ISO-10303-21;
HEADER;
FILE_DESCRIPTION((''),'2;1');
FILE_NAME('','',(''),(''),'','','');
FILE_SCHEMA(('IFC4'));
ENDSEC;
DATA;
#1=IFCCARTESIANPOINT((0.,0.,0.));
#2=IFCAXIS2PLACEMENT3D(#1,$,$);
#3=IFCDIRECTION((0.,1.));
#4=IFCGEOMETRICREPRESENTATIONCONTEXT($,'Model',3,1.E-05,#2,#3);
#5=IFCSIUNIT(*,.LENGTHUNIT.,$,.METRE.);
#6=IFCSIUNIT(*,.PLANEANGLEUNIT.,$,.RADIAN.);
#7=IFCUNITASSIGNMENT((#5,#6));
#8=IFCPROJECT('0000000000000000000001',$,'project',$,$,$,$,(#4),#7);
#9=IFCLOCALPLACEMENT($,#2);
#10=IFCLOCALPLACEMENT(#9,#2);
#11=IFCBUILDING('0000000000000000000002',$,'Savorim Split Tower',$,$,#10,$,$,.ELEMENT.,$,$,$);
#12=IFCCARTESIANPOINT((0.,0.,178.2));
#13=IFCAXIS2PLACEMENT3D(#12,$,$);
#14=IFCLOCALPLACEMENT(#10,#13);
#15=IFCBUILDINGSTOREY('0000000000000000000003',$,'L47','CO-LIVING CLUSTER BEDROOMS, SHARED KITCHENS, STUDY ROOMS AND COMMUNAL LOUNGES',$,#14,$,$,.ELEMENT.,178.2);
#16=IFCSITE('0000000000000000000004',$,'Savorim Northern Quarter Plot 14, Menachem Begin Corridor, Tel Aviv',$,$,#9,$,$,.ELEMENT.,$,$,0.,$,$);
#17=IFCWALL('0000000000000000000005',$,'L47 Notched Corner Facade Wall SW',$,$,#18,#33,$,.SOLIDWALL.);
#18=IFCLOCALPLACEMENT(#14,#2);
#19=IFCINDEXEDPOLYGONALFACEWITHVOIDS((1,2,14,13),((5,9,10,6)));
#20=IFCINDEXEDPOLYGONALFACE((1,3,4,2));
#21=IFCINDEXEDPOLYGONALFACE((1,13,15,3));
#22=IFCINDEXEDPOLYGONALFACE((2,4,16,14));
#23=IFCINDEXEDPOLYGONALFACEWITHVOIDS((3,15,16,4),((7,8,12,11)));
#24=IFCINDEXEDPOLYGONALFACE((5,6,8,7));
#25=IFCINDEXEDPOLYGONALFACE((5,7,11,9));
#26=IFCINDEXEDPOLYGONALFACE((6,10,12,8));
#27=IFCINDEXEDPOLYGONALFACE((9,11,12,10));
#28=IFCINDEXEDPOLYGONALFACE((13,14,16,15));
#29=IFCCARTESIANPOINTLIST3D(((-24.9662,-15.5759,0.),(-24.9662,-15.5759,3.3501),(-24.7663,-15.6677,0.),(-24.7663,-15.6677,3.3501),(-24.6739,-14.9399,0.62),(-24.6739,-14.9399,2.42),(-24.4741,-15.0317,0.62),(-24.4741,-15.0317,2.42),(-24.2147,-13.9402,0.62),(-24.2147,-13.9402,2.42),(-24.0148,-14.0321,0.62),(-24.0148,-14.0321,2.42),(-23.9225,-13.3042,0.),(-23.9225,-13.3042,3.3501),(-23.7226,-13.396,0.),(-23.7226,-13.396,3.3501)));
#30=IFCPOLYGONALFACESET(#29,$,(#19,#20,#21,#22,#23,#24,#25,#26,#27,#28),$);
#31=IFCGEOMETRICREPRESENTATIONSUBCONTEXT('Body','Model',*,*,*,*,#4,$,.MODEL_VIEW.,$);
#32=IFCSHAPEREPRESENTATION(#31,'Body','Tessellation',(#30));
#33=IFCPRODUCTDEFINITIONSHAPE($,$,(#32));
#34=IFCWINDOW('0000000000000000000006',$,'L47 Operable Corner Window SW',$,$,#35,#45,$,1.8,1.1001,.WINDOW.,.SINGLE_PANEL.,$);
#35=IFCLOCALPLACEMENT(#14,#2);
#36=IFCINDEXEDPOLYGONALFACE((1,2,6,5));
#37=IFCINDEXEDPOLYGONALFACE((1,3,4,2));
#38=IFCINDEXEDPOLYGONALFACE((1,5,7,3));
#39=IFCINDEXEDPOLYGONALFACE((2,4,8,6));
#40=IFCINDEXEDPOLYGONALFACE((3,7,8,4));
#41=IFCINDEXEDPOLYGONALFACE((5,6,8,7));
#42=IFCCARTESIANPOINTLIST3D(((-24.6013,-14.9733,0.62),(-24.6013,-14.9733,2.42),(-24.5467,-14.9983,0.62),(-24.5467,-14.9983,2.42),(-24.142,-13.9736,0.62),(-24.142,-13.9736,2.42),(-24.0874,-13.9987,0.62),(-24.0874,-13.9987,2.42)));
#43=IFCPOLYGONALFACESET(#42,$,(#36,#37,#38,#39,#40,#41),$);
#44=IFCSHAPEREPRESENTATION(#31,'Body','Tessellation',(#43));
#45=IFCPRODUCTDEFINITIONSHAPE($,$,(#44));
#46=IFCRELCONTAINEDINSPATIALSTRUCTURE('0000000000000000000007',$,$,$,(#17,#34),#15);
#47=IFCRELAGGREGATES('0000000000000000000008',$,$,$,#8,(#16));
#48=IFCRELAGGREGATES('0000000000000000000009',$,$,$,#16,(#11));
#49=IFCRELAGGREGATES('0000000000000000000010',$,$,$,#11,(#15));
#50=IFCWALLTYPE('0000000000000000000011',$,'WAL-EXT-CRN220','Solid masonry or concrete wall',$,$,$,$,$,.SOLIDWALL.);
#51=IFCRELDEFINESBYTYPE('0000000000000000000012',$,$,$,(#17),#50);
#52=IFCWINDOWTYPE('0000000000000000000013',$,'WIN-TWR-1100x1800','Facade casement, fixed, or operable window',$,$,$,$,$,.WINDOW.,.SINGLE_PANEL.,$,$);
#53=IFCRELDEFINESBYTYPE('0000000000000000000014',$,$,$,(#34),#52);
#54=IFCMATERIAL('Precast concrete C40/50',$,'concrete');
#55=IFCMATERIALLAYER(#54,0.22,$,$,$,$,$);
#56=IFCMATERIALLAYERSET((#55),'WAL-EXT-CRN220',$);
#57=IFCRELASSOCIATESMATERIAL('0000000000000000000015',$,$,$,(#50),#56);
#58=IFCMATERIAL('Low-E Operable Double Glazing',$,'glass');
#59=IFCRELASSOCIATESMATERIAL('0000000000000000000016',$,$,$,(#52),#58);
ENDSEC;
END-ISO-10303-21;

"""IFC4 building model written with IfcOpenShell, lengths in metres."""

from ifc_helpers import new_model, si_unit, direction, frame, frame_2d, origin, place, context, subcontext, project, spatial, rectangle, extrude, material, layer, layer_set, type_object, element, fill, save


model = new_model("IFC4")

# Units and contexts
model_context = context("Model", 3, precision=1e-05, world=origin(), true_north=direction((0.0, 1.0)))
body_context = subcontext(model_context, "Body", "Model", "MODEL_VIEW")
ifc_project = project(units=[si_unit("LENGTHUNIT", "METRE"), si_unit("PLANEANGLEUNIT", "RADIAN")], contexts=[model_context])

# Site, building, storey
site_placement = place(None, origin())
site = spatial("IfcSite", under=ifc_project, at=site_placement, Name="Savorim Northern Quarter Plot 14, Menachem Begin Corridor, Tel Aviv", CompositionType="ELEMENT", RefElevation=0.0)
building_placement = place(site_placement, origin())
building = spatial("IfcBuilding", under=site, at=building_placement, Name="Savorim Split Tower", CompositionType="ELEMENT")
storey_placement = place(building_placement, frame((0.0, 0.0, 178.2)))
storey = spatial("IfcBuildingStorey", under=building, at=storey_placement, Name="L47", Description="CO-LIVING CLUSTER BEDROOMS, SHARED KITCHENS, STUDY ROOMS AND COMMUNAL LOUNGES", CompositionType="ELEMENT", Elevation=178.2)

# Shared definitions
ifc_material_1 = material(Name="Precast concrete C40/50", Category="concrete")
ifc_layer_1 = layer(ifc_material_1, 0.22)
ifc_layer_set_1 = layer_set([ifc_layer_1], Name="WAL-EXT-CRN220")
wall_type = type_object("IfcWallType", Name="WAL-EXT-CRN220", Description="Solid masonry or concrete wall", PredefinedType="SOLIDWALL", material=ifc_layer_set_1)

# Wall, opening, window
wall_1_placement = place(storey_placement, frame((-24.8662, -15.6218, 0.0), z_axis=(0.0, 0.0, 1.0), x_axis=(0.417478, 0.908687, 0.0)))
wall_1 = element("IfcWall", 1, at=wall_1_placement, inside=storey, type_object=wall_type, Name="L47 Notched Corner Facade Wall SW", PredefinedType="SOLIDWALL", context=body_context, shape_type="SweptSolid", body=[
    extrude(rectangle(XDim=2.5, YDim=0.22, at=frame_2d((1.25, 0.0))), origin(), (0.0, 0.0, 1.0), 3.3501),
])
opening_placement = place(wall_1_placement, frame((0.7, 0.0, 0.6201)))
opening = element("IfcOpeningElement", 2, at=opening_placement, cuts=wall_1, PredefinedType="OPENING", context=body_context, shape_type="SweptSolid", body=[
    extrude(rectangle(XDim=1.1001, YDim=1.8, at=frame_2d((0.55, 0.8999))), frame((0.0, 0.1199, 0.0), z_axis=(0.0, -1.0, 0.0), x_axis=(1.0, 0.0, 0.0)), (0.0, 0.0, 1.0), 0.24),
])
ifc_material_2 = material(Name="Low-E Operable Double Glazing", Category="glass")
window_type = type_object("IfcWindowType", Name="WIN-TWR-1100x1800", Description="Facade casement, fixed, or operable window", PartitioningType="SINGLE_PANEL", PredefinedType="WINDOW", material=ifc_material_2)
window_placement = place(opening_placement, origin())
window = element("IfcWindow", 3, at=window_placement, inside=storey, type_object=window_type, Name="L47 Operable Corner Window SW", OverallHeight=1.8, OverallWidth=1.1001, PartitioningType="SINGLE_PANEL", PredefinedType="WINDOW", context=body_context, shape_type="SweptSolid", body=[
    extrude(rectangle(XDim=1.1001, YDim=1.8, at=frame_2d((0.55, 0.8999))), frame((0.0, 0.03, 0.0), z_axis=(0.0, -1.0, 0.0), x_axis=(1.0, 0.0, 0.0)), (0.0, 0.0, 1.0), 0.0601),
])
fill(opening, window)

save(model, "model.ifc")
